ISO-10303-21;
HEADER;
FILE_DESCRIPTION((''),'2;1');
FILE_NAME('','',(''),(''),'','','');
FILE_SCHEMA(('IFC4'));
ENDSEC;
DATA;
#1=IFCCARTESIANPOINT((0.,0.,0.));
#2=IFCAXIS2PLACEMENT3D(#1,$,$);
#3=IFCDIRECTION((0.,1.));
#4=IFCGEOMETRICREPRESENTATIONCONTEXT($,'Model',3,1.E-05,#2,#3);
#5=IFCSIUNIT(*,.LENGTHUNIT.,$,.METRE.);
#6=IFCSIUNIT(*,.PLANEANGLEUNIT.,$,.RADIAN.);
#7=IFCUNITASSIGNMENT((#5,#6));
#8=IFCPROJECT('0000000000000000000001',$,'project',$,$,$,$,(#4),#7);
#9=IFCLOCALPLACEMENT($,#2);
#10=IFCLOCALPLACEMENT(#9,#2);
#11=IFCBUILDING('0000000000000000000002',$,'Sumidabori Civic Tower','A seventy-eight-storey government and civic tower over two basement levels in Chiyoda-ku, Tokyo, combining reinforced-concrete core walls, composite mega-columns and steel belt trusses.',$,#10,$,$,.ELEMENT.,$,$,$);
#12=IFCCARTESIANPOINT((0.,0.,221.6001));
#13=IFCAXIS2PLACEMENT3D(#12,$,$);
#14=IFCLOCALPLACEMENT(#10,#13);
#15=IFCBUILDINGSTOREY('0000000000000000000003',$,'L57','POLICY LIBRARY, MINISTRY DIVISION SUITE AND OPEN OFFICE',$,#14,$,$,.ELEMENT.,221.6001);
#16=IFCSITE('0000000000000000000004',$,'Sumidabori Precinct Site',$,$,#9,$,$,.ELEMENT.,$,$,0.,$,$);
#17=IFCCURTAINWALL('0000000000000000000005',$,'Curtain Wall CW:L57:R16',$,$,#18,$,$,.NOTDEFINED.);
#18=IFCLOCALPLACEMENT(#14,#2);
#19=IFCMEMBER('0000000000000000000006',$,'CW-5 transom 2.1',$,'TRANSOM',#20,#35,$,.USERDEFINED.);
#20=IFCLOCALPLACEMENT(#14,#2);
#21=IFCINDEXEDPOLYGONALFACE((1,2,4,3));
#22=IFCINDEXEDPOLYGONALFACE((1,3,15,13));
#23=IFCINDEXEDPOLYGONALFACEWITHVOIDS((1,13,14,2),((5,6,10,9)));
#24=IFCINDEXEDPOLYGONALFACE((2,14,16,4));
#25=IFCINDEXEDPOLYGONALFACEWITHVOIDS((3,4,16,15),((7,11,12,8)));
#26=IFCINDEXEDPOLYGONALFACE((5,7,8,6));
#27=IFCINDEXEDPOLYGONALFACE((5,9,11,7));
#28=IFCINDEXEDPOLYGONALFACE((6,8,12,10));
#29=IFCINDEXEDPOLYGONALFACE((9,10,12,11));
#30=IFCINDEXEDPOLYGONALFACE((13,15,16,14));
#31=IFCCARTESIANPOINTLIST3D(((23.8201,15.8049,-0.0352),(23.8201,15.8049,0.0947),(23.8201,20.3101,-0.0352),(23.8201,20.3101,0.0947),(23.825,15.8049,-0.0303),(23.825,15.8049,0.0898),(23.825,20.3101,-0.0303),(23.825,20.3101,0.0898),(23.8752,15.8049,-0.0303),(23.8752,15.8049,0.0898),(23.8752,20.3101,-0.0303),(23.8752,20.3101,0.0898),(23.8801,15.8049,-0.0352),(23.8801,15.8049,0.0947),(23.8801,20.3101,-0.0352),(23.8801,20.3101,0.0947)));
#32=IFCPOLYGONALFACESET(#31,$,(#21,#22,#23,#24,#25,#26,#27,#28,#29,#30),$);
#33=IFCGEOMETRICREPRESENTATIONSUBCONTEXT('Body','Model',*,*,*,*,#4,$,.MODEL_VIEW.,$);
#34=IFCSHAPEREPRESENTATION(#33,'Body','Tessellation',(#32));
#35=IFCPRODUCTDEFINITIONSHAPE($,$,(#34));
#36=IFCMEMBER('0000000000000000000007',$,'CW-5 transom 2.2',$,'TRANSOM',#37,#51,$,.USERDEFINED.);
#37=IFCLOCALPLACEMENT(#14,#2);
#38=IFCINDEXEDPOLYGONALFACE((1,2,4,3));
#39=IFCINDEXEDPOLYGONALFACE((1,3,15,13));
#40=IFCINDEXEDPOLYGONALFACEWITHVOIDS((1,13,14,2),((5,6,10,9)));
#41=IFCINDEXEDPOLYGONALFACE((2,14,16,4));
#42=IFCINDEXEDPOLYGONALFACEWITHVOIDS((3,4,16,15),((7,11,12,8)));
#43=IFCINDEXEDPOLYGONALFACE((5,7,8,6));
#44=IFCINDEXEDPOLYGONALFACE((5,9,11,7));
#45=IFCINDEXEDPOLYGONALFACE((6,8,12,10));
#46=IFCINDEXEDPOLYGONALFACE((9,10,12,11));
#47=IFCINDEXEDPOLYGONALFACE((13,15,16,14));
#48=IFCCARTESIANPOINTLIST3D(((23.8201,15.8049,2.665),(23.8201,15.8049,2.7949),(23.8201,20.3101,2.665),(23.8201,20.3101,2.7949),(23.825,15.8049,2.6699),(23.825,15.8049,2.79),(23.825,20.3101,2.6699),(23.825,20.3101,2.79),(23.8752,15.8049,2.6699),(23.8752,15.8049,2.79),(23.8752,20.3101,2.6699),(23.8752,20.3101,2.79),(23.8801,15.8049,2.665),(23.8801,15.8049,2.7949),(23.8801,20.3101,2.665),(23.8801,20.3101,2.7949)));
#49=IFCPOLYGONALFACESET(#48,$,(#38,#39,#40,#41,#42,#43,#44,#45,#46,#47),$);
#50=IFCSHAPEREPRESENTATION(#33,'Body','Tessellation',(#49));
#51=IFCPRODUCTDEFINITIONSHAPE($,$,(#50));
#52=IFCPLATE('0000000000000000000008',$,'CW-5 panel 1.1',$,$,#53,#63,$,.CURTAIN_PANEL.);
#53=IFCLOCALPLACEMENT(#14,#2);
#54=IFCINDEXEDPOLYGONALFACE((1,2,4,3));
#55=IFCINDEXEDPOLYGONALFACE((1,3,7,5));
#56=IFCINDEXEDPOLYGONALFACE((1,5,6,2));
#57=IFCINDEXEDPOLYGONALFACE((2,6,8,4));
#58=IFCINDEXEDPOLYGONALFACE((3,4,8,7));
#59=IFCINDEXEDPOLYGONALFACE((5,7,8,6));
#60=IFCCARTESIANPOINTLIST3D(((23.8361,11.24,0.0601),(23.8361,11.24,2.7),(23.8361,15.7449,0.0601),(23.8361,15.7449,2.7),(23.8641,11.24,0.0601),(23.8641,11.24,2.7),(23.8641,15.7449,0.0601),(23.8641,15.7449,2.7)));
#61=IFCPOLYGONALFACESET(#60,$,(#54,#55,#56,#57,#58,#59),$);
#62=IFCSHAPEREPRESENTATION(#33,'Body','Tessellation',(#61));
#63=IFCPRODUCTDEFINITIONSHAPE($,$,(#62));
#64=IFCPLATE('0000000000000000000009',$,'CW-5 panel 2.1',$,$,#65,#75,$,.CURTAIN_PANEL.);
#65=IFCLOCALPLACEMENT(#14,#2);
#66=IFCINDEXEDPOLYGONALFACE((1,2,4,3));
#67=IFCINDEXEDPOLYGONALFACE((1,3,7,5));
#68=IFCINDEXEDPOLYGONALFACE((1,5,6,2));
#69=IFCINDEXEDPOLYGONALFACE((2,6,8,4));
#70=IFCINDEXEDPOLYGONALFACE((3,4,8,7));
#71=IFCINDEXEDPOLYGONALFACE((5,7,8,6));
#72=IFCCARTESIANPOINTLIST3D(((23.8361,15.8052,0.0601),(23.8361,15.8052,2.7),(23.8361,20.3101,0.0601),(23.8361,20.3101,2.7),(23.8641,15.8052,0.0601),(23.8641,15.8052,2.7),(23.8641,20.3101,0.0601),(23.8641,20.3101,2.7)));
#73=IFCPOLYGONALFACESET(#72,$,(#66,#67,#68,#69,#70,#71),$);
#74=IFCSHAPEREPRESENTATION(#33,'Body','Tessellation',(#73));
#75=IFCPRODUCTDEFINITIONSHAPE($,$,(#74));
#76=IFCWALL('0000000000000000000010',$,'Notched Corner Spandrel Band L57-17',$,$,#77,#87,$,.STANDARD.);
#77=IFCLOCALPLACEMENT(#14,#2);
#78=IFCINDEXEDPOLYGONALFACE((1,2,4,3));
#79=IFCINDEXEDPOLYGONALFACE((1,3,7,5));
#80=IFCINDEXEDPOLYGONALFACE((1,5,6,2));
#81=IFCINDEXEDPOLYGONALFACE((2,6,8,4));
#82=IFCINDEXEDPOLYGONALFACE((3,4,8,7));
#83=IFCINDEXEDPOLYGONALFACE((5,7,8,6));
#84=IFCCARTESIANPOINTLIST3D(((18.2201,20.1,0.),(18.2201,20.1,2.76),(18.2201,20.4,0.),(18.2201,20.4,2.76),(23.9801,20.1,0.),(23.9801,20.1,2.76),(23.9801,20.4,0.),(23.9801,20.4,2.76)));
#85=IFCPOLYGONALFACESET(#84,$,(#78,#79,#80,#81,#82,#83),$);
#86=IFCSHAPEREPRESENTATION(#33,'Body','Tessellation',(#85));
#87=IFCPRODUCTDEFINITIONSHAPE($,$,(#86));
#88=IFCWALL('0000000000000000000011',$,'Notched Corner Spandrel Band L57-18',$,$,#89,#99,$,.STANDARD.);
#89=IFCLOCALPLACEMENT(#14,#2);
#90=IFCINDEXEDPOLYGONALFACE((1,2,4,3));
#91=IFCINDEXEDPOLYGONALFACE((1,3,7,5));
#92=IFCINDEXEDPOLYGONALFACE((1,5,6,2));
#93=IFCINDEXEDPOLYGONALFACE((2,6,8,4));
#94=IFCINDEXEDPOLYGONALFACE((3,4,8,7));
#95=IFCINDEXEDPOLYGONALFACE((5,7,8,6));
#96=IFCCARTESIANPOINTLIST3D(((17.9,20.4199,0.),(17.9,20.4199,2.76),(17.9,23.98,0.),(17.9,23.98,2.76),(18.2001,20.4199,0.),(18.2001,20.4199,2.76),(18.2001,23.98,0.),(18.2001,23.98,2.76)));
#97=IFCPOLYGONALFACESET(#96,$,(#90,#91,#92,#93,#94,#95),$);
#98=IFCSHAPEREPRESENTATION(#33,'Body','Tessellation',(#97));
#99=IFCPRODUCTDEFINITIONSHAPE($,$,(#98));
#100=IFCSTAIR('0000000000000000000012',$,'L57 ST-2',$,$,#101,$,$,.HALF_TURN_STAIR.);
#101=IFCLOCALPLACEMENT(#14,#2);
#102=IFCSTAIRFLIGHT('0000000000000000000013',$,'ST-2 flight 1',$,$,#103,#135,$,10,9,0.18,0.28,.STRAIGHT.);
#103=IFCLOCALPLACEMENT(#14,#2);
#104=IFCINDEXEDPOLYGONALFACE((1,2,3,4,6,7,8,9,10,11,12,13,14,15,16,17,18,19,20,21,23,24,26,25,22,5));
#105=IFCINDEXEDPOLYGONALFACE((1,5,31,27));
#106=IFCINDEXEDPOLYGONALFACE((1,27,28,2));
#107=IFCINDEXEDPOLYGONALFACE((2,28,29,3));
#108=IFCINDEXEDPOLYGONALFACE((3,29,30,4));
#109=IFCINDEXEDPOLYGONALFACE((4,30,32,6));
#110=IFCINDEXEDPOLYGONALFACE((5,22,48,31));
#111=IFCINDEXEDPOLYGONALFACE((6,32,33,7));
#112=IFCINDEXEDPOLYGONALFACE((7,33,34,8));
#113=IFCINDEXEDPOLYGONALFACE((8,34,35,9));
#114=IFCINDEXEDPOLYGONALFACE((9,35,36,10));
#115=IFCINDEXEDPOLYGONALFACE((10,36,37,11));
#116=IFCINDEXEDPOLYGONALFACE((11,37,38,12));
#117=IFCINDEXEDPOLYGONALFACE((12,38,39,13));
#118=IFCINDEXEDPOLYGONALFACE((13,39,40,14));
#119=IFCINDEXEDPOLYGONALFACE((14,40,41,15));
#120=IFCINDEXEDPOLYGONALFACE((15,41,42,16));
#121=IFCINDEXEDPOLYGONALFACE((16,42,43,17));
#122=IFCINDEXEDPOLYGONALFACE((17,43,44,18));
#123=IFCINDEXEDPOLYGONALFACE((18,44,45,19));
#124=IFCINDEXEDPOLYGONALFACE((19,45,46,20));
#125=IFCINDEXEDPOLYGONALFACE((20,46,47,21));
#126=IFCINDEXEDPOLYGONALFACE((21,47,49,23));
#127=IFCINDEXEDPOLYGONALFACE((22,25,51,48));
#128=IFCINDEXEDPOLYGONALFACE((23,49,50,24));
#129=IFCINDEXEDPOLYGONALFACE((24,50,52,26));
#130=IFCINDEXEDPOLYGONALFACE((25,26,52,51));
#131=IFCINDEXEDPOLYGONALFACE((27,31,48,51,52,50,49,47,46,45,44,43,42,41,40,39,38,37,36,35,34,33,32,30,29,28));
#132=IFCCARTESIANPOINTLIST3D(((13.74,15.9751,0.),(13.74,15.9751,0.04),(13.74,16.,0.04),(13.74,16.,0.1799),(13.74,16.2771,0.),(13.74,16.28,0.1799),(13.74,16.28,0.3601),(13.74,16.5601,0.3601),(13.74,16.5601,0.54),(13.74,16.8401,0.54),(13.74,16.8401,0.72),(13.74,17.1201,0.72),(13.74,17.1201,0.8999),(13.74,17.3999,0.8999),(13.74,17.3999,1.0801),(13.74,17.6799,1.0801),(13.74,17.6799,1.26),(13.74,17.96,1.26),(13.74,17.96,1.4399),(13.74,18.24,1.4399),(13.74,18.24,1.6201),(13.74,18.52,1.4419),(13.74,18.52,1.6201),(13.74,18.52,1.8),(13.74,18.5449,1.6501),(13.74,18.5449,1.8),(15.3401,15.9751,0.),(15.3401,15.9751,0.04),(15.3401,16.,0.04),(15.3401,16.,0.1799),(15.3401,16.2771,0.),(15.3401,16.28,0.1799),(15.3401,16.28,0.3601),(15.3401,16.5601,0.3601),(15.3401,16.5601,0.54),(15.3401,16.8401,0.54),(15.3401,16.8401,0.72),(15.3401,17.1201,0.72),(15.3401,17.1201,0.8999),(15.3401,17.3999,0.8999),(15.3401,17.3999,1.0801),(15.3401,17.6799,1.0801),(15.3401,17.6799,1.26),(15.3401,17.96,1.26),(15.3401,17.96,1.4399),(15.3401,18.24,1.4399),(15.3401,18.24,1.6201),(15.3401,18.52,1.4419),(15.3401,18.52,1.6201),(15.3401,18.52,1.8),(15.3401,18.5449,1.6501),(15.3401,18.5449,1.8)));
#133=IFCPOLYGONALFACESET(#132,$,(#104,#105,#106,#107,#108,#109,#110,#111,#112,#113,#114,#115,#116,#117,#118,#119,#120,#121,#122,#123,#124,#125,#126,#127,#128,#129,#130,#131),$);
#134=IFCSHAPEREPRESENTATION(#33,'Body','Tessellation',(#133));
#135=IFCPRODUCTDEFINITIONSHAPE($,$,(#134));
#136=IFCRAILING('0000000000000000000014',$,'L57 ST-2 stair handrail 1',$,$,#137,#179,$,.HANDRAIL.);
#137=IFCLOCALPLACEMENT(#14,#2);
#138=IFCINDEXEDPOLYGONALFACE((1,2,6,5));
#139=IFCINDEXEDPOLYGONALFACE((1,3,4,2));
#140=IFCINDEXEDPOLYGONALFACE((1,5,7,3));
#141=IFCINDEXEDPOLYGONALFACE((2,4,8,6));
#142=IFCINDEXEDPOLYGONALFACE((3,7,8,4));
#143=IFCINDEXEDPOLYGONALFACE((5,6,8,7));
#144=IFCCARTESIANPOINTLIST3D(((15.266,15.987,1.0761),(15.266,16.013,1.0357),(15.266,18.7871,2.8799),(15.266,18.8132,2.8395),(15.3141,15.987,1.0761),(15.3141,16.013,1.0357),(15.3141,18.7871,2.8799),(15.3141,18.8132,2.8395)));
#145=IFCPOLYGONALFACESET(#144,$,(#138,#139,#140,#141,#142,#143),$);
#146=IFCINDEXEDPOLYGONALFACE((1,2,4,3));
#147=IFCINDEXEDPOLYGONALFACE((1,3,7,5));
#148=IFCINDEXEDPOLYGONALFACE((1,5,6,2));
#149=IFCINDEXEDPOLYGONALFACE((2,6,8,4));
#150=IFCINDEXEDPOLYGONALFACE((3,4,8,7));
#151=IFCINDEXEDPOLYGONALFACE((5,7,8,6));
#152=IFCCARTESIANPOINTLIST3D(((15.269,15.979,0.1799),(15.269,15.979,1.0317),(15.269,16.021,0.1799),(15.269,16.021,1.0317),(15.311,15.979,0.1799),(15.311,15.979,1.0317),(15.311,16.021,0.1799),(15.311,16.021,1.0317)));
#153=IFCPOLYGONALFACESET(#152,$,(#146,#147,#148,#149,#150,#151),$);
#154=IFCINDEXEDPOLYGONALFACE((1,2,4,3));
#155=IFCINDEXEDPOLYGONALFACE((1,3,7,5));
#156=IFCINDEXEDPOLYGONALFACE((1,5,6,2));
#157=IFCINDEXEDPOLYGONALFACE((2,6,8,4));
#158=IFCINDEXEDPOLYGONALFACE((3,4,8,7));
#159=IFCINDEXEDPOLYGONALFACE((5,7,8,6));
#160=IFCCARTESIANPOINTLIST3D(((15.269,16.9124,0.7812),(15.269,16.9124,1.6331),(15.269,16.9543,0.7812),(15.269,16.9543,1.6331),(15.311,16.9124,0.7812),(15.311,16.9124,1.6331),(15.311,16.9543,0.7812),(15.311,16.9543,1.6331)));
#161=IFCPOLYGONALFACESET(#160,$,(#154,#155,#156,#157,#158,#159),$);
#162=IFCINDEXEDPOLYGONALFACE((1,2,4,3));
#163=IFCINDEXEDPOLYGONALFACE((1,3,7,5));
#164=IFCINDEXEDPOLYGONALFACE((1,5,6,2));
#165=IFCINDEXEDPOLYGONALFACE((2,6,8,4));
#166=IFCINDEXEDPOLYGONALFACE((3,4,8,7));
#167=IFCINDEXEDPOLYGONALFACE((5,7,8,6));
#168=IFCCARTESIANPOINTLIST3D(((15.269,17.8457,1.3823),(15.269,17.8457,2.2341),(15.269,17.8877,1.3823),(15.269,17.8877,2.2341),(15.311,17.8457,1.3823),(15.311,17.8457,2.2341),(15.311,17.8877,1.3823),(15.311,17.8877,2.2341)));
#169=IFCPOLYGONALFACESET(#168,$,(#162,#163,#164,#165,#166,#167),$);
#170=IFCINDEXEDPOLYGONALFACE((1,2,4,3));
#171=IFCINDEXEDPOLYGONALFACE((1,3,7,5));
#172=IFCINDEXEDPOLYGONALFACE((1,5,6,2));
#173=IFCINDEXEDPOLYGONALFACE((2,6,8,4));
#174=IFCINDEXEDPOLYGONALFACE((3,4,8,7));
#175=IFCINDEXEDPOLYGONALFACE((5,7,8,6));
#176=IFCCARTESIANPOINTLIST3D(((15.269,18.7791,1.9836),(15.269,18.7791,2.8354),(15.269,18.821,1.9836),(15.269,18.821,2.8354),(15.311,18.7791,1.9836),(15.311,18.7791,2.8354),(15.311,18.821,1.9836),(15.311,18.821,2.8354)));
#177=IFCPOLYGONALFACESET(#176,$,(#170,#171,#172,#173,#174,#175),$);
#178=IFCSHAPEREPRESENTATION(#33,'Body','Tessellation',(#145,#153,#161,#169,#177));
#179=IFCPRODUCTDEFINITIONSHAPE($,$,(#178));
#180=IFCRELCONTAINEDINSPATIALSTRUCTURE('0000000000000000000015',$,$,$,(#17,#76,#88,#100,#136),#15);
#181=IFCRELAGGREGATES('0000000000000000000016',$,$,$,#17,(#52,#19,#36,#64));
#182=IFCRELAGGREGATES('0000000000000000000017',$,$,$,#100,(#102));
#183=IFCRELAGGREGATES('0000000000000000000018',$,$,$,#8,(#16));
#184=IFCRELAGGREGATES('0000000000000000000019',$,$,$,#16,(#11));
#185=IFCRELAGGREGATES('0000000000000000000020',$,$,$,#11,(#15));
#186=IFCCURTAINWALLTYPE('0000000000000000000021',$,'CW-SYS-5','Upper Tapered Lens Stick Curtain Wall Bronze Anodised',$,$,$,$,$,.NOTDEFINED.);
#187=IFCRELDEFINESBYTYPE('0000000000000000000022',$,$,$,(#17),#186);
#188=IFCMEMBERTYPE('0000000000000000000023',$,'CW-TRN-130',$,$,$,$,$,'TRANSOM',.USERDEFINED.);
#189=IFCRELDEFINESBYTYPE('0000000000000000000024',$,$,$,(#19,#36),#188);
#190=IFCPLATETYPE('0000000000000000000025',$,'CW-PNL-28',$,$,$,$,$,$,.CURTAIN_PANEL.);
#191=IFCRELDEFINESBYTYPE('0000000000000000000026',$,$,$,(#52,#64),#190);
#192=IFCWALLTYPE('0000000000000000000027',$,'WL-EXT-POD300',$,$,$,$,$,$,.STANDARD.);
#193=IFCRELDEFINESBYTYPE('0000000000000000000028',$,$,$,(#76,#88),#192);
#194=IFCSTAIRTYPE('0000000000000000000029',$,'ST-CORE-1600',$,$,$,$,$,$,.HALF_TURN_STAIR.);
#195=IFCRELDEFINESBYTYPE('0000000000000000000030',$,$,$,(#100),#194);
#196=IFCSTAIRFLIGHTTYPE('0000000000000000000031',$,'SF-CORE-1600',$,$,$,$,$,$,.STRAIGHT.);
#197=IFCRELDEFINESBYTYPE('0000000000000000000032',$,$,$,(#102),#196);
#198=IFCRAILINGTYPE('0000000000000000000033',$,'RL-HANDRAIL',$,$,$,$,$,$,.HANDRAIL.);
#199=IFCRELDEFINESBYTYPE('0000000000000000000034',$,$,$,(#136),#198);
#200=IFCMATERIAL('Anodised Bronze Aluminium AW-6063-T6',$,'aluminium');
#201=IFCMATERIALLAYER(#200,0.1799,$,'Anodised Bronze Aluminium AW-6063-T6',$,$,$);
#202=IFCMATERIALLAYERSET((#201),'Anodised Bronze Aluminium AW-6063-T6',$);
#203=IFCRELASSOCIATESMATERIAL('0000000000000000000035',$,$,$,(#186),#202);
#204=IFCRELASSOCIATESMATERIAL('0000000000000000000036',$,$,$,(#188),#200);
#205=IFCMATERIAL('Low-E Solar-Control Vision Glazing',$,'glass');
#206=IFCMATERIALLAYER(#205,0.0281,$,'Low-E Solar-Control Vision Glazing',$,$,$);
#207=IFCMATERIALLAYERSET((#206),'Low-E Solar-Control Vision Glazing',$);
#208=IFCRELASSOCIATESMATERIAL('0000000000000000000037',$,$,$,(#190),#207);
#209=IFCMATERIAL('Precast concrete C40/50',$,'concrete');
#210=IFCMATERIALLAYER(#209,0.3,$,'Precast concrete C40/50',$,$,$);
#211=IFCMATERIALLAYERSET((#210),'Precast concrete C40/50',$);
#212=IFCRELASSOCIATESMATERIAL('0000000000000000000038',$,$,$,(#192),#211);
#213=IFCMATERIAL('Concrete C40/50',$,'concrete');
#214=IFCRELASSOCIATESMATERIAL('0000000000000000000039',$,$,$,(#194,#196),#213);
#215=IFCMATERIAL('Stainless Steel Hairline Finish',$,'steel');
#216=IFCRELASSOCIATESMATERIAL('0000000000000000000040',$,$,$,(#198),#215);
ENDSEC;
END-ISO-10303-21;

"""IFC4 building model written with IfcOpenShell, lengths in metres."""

from ifc_helpers import new_model, si_unit, direction, frame, frame_2d, origin, origin_2d, place, context, subcontext, project, spatial, polyline, rectangle, hollow_rectangle, outline, extrude, source, transform, mapped, material, layer, layer_set, material_profile, profile_set, type_object, element, aggregate, save


model = new_model("IFC4")

# Units and contexts
model_context = context("Model", 3, precision=1e-05, world=origin(), true_north=direction((0.0, 1.0)))
body_context = subcontext(model_context, "Body", "Model", "MODEL_VIEW")
ifc_project = project(units=[si_unit("LENGTHUNIT", "METRE"), si_unit("PLANEANGLEUNIT", "RADIAN")], contexts=[model_context])

# Site, building, storey
site_placement = place(None, origin())
site = spatial("IfcSite", under=ifc_project, at=site_placement, Name="Sumidabori Precinct Site", CompositionType="ELEMENT", RefElevation=0.0)
building_placement = place(site_placement, origin())
building = spatial("IfcBuilding", under=site, at=building_placement, Name="Sumidabori Civic Tower", Description="A seventy-eight-storey government and civic tower over two basement levels in Chiyoda-ku, Tokyo, combining reinforced-concrete core walls, composite mega-columns and steel belt trusses.", CompositionType="ELEMENT")
storey_placement = place(building_placement, frame((0.0, 0.0, 221.6001)))
storey = spatial("IfcBuildingStorey", under=building, at=storey_placement, Name="L57", Description="POLICY LIBRARY, MINISTRY DIVISION SUITE AND OPEN OFFICE", CompositionType="ELEMENT", Elevation=221.6001)

# Curtain wall
ifc_material_1 = material(Name="Anodised Bronze Aluminium AW-6063-T6", Category="aluminium")
ifc_layer_1 = layer(ifc_material_1, 0.1799, Name="Anodised Bronze Aluminium AW-6063-T6")
ifc_layer_set_1 = layer_set([ifc_layer_1], Name="Anodised Bronze Aluminium AW-6063-T6")
curtain_wall_type = type_object("IfcCurtainWallType", Name="CW-SYS-5", Description="Upper Tapered Lens Stick Curtain Wall Bronze Anodised", PredefinedType="NOTDEFINED", material=ifc_layer_set_1)
curtain_wall_1_placement = place(storey_placement, origin())
curtain_wall_1 = element("IfcCurtainWall", 1, at=curtain_wall_1_placement, inside=storey, type_object=curtain_wall_type, Name="Curtain Wall CW:L57:R16", PredefinedType="NOTDEFINED")
ifc_material_profile_1 = material_profile(ifc_material_1, hollow_rectangle(XDim=0.0601, YDim=0.1299, WallThickness=0.0049, at=origin_2d()), Name="ALU TRANSOM 130x60")
ifc_profile_set_1 = profile_set([ifc_material_profile_1], Name="Anodised Bronze Aluminium AW-6063-T6")
member_type_1 = type_object("IfcMemberType", Name="CW-TRN-130", ElementType="TRANSOM", PredefinedType="USERDEFINED", material=ifc_profile_set_1)

# Members
shared_shape_1 = source(origin(), body_context, "Body", "SweptSolid", [
    extrude(hollow_rectangle(XDim=0.0601, YDim=0.1299, WallThickness=0.0049, at=origin_2d()), origin(), (0.0, 0.0, 1.0), 4.5051),
])
member_1_placement = place(storey_placement, frame((23.8501, 15.8049, 0.0298), z_axis=(0.0, 1.0, 0.0), x_axis=(-1.0, 0.0, 0.0)))
member_1 = element("IfcMember", 2, at=member_1_placement, type_object=member_type_1, Name="CW-5 transom 2.1", ObjectType="TRANSOM", PredefinedType="USERDEFINED", context=body_context, shape_type="MappedRepresentation", body=[
    mapped(shared_shape_1, transform((0.0, 0.0, 0.0), x_axis=(1.0, 0.0, 0.0), y_axis=(0.0, 1.0, 0.0), z_axis=(0.0, 0.0, 1.0), scale=1.0)),
])
member_2_placement = place(storey_placement, frame((23.8501, 15.8049, 2.73), z_axis=(0.0, 1.0, 0.0), x_axis=(-1.0, 0.0, 0.0)))
member_2 = element("IfcMember", 3, at=member_2_placement, type_object=member_type_1, Name="CW-5 transom 2.2", ObjectType="TRANSOM", PredefinedType="USERDEFINED", context=body_context, shape_type="MappedRepresentation", body=[
    mapped(shared_shape_1, transform((0.0, 0.0, 0.0), x_axis=(1.0, 0.0, 0.0), y_axis=(0.0, 1.0, 0.0), z_axis=(0.0, 0.0, 1.0), scale=1.0)),
])

# Plates
ifc_material_2 = material(Name="Low-E Solar-Control Vision Glazing", Category="glass")
ifc_layer_2 = layer(ifc_material_2, 0.0281, Name="Low-E Solar-Control Vision Glazing")
ifc_layer_set_2 = layer_set([ifc_layer_2], Name="Low-E Solar-Control Vision Glazing")
plate_type = type_object("IfcPlateType", Name="CW-PNL-28", PredefinedType="CURTAIN_PANEL", material=ifc_layer_set_2)
shared_shape_2 = source(origin(), body_context, "Body", "SweptSolid", [
    extrude(rectangle(XDim=4.5049, YDim=0.0281, at=origin_2d()), origin(), (0.0, 0.0, 1.0), 2.6399),
])
plate_1_placement = place(storey_placement, frame((23.8501, 13.4924, 0.0601), z_axis=(0.0, 0.0, 1.0), x_axis=(0.0, 1.0, 0.0)))
plate_1 = element("IfcPlate", 4, at=plate_1_placement, type_object=plate_type, Name="CW-5 panel 1.1", PredefinedType="CURTAIN_PANEL", context=body_context, shape_type="MappedRepresentation", body=[
    mapped(shared_shape_2, transform((0.0, 0.0, 0.0), x_axis=(1.0, 0.0, 0.0), y_axis=(0.0, 1.0, 0.0), z_axis=(0.0, 0.0, 1.0), scale=1.0)),
])
plate_2_placement = place(storey_placement, frame((23.8501, 18.0576, 0.0601), z_axis=(0.0, 0.0, 1.0), x_axis=(0.0, 1.0, 0.0)))
plate_2 = element("IfcPlate", 5, at=plate_2_placement, type_object=plate_type, Name="CW-5 panel 2.1", PredefinedType="CURTAIN_PANEL", context=body_context, shape_type="MappedRepresentation", body=[
    mapped(shared_shape_2, transform((0.0, 0.0, 0.0), x_axis=(1.0, 0.0, 0.0), y_axis=(0.0, 1.0, 0.0), z_axis=(0.0, 0.0, 1.0), scale=1.0)),
])
aggregate(curtain_wall_1, [plate_1, member_1, member_2, plate_2])

# Walls
ifc_material_3 = material(Name="Precast concrete C40/50", Category="concrete")
ifc_layer_3 = layer(ifc_material_3, 0.3, Name="Precast concrete C40/50")
ifc_layer_set_3 = layer_set([ifc_layer_3], Name="Precast concrete C40/50")
wall_type = type_object("IfcWallType", Name="WL-EXT-POD300", PredefinedType="STANDARD", material=ifc_layer_set_3)
shared_shape_3 = source(origin(), body_context, "Body", "SweptSolid", [
    extrude(rectangle(XDim=5.76, YDim=0.3, at=frame_2d((2.8799, 0.0))), origin(), (0.0, 0.0, 1.0), 2.76),
])
wall_1_placement = place(storey_placement, frame((23.98, 20.25, 0.0), z_axis=(0.0, 0.0, 1.0), x_axis=(-1.0, 0.0, 0.0)))
element("IfcWall", 6, at=wall_1_placement, inside=storey, type_object=wall_type, Name="Notched Corner Spandrel Band L57-17", PredefinedType="STANDARD", context=body_context, shape_type="MappedRepresentation", body=[
    mapped(shared_shape_3, transform((0.0, 0.0, 0.0), x_axis=(1.0, 0.0, 0.0), y_axis=(0.0, 1.0, 0.0), z_axis=(0.0, 0.0, 1.0), scale=1.0)),
])
shared_shape_4 = source(origin(), body_context, "Body", "SweptSolid", [
    extrude(rectangle(XDim=3.5601, YDim=0.3, at=frame_2d((1.78, 0.0))), origin(), (0.0, 0.0, 1.0), 2.76),
])
wall_2_placement = place(storey_placement, frame((18.05, 20.4199, 0.0), z_axis=(0.0, 0.0, 1.0), x_axis=(0.0, 1.0, 0.0)))
element("IfcWall", 7, at=wall_2_placement, inside=storey, type_object=wall_type, Name="Notched Corner Spandrel Band L57-18", PredefinedType="STANDARD", context=body_context, shape_type="MappedRepresentation", body=[
    mapped(shared_shape_4, transform((0.0, 0.0, 0.0), x_axis=(1.0, 0.0, 0.0), y_axis=(0.0, 1.0, 0.0), z_axis=(0.0, 0.0, 1.0), scale=1.0)),
])

# Stair, stair flight
ifc_material_4 = material(Name="Concrete C40/50", Category="concrete")
stair_type = type_object("IfcStairType", Name="ST-CORE-1600", PredefinedType="HALF_TURN_STAIR", material=ifc_material_4)
stair_placement = place(storey_placement, origin())
stair = element("IfcStair", 8, at=stair_placement, inside=storey, type_object=stair_type, Name="L57 ST-2", PredefinedType="HALF_TURN_STAIR")
stair_flight_type = type_object("IfcStairFlightType", Name="SF-CORE-1600", PredefinedType="STRAIGHT", material=ifc_material_4)
shared_shape_5 = source(origin(), body_context, "Body", "SweptSolid", [
    extrude(outline(polyline([(-0.0249, 0.0), (-0.0249, 0.04), (0.0, 0.04), (0.0, 0.1799), (0.28, 0.1799), (0.28, 0.3601), (0.5601, 0.3601), (0.5601, 0.54), (0.8401, 0.54), (0.8401, 0.72), (1.1201, 0.72), (1.1201, 0.8999), (1.3999, 0.8999), (1.3999, 1.0801), (1.6799, 1.0801), (1.6799, 1.26), (1.96, 1.26), (1.96, 1.4399), (2.24, 1.4399), (2.24, 1.6201), (2.52, 1.6201), (2.52, 1.8), (2.5449, 1.8), (2.5449, 1.6501), (2.52, 1.4419), (0.2771, 0.0), (-0.0249, 0.0)])), frame((0.0, 0.8, 0.0), z_axis=(0.0, -1.0, 0.0), x_axis=(1.0, 0.0, 0.0)), (0.0, 0.0, 1.0), 1.6001),
])
stair_flight_placement = place(storey_placement, frame((14.54, 16.0, 0.0), z_axis=(0.0, 0.0, 1.0), x_axis=(0.0, 1.0, 0.0)))
stair_flight = element("IfcStairFlight", 9, at=stair_flight_placement, type_object=stair_flight_type, Name="ST-2 flight 1", NumberOfRisers=10, NumberOfTreads=9, PredefinedType="STRAIGHT", RiserHeight=0.18, TreadLength=0.28, context=body_context, shape_type="MappedRepresentation", body=[
    mapped(shared_shape_5, transform((0.0, 0.0, 0.0), x_axis=(1.0, 0.0, 0.0), y_axis=(0.0, 1.0, 0.0), z_axis=(0.0, 0.0, 1.0), scale=1.0)),
])
aggregate(stair, [stair_flight])

# Railing
ifc_material_5 = material(Name="Stainless Steel Hairline Finish", Category="steel")
railing_type = type_object("IfcRailingType", Name="RL-HANDRAIL", PredefinedType="HANDRAIL", material=ifc_material_5)
railing_placement = place(storey_placement, frame((15.29, 16.0, 0.1799)))
element("IfcRailing", 10, at=railing_placement, inside=storey, type_object=railing_type, Name="L57 ST-2 stair handrail 1", PredefinedType="HANDRAIL", context=body_context, shape_type="SweptSolid", body=[
    extrude(rectangle(XDim=0.0481, YDim=0.0481, at=origin_2d()), frame((0.0, 0.0, 0.876), z_axis=(0.0, 0.840676, 0.541539), x_axis=(-1.0, 0.0, 0.0)), (0.0, 0.0, 1.0), 3.3308),
    extrude(rectangle(XDim=0.042, YDim=0.042, at=origin_2d()), origin(), (0.0, 0.0, 1.0), 0.8518),
    extrude(rectangle(XDim=0.042, YDim=0.042, at=origin_2d()), frame((0.0, 0.9333, 0.6013)), (0.0, 0.0, 1.0), 0.8518),
    extrude(rectangle(XDim=0.042, YDim=0.042, at=origin_2d()), frame((0.0, 1.8667, 1.2024)), (0.0, 0.0, 1.0), 0.8518),
    extrude(rectangle(XDim=0.042, YDim=0.042, at=origin_2d()), frame((0.0, 2.8, 1.8037)), (0.0, 0.0, 1.0), 0.8518),
])

save(model, "model.ifc")
